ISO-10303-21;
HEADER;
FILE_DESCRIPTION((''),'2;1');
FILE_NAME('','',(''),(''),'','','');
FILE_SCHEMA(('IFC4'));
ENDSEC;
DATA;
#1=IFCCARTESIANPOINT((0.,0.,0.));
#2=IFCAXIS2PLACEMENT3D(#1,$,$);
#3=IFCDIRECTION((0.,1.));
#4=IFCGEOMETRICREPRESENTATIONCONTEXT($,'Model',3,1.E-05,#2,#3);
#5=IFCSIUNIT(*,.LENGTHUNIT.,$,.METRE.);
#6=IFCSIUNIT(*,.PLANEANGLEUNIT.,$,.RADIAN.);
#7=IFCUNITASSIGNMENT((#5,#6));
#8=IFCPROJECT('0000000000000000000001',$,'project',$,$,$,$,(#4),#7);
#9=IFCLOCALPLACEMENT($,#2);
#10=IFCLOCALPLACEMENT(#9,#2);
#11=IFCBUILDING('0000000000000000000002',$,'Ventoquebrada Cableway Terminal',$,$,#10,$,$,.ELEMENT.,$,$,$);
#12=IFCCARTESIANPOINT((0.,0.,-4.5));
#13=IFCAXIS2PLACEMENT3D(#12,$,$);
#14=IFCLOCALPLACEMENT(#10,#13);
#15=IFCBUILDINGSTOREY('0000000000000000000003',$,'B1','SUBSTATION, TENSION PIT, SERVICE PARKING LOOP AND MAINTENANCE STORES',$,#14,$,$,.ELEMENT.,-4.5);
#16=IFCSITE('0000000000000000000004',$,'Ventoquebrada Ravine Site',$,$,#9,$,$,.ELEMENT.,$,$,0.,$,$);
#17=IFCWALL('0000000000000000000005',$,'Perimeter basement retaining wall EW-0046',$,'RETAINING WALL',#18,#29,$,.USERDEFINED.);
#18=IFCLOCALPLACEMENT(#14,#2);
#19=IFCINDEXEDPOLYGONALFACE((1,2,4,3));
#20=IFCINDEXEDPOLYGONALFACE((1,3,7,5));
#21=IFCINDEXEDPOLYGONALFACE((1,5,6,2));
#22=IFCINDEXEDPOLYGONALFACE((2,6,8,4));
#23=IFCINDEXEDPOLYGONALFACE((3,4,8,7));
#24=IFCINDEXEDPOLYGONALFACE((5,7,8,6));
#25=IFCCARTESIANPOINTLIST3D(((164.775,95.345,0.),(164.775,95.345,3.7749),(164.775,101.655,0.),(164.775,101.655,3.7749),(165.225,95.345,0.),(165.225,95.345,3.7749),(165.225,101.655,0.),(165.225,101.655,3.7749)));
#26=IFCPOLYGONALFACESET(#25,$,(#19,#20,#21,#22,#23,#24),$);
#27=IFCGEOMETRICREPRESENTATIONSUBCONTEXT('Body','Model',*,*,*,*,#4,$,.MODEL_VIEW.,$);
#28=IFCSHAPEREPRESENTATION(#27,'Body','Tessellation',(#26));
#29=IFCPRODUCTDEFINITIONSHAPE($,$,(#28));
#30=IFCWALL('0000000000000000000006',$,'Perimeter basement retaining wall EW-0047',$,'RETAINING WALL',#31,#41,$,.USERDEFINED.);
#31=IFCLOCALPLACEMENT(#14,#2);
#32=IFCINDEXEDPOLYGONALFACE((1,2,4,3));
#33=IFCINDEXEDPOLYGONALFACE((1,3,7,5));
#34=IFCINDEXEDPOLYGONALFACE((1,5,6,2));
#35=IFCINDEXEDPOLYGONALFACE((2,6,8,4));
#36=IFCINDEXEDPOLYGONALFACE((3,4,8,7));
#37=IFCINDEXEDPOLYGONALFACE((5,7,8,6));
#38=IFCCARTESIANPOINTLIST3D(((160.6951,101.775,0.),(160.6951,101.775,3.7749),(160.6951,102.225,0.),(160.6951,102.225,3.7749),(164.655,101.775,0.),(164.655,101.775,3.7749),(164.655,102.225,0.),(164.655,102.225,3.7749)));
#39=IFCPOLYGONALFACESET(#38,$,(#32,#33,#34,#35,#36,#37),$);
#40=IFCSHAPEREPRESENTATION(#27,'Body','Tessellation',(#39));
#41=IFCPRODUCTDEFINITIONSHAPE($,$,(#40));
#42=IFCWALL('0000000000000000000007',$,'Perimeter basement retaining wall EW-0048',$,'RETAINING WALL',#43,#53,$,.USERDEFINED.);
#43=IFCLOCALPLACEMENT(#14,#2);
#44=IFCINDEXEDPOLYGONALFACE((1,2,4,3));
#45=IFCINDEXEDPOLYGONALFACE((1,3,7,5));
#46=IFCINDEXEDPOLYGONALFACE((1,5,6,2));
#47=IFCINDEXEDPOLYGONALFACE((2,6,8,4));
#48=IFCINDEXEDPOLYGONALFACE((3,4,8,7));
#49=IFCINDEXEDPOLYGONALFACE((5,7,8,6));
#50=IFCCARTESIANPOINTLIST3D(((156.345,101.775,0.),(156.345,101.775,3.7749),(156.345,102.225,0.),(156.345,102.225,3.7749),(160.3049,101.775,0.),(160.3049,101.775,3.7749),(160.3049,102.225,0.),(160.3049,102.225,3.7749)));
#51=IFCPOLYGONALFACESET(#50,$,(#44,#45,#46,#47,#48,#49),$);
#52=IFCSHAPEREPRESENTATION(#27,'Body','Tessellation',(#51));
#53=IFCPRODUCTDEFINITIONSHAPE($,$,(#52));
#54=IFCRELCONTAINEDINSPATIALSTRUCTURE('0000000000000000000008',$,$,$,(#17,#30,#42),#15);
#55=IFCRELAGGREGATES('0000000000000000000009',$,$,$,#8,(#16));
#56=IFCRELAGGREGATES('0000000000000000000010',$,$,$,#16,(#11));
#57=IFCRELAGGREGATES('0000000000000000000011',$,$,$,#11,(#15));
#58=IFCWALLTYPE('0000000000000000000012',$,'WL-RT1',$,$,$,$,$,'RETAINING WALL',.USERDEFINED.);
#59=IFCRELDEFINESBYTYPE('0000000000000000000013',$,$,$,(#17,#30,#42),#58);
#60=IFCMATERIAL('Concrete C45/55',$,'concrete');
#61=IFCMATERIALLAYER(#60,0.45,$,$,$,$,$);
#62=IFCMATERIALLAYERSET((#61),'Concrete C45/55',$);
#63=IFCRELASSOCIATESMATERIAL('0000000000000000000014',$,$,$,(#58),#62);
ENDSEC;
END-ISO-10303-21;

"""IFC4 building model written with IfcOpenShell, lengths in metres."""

from ifc_helpers import new_model, si_unit, direction, frame, frame_2d, origin, place, context, subcontext, project, spatial, rectangle, extrude, material, layer, layer_set, type_object, element, save


model = new_model("IFC4")

# Units and contexts
model_context = context("Model", 3, precision=1e-05, world=origin(), true_north=direction((0.0, 1.0)))
body_context = subcontext(model_context, "Body", "Model", "MODEL_VIEW")
ifc_project = project(units=[si_unit("LENGTHUNIT", "METRE"), si_unit("PLANEANGLEUNIT", "RADIAN")], contexts=[model_context])

# Site, building, storey
site_placement = place(None, origin())
site = spatial("IfcSite", under=ifc_project, at=site_placement, Name="Ventoquebrada Ravine Site", CompositionType="ELEMENT", RefElevation=0.0)
building_placement = place(site_placement, origin())
building = spatial("IfcBuilding", under=site, at=building_placement, Name="Ventoquebrada Cableway Terminal", CompositionType="ELEMENT")
storey_placement = place(building_placement, frame((0.0, 0.0, -4.5)))
storey = spatial("IfcBuildingStorey", under=building, at=storey_placement, Name="B1", Description="SUBSTATION, TENSION PIT, SERVICE PARKING LOOP AND MAINTENANCE STORES", CompositionType="ELEMENT", Elevation=-4.5)

# Walls
ifc_material_1 = material(Name="Concrete C45/55", Category="concrete")
ifc_layer = layer(ifc_material_1, 0.45)
ifc_layer_set = layer_set([ifc_layer], Name="Concrete C45/55")
wall_type = type_object("IfcWallType", Name="WL-RT1", ElementType="RETAINING WALL", PredefinedType="USERDEFINED", material=ifc_layer_set)
wall_placement = place(storey_placement, frame((165.0, 95.345, 0.0), z_axis=(0.0, 0.0, 1.0), x_axis=(0.0, 1.0, 0.0)))
element("IfcWall", 1, at=wall_placement, inside=storey, type_object=wall_type, Name="Perimeter basement retaining wall EW-0046", ObjectType="RETAINING WALL", PredefinedType="USERDEFINED", context=body_context, shape_type="SweptSolid", body=[
    extrude(rectangle(XDim=6.3101, YDim=0.45, at=frame_2d((3.155, 0.0))), origin(), (0.0, 0.0, 1.0), 3.7749),
])
for number, where, z_axis, x_axis, name in (
    (2, (164.655, 102.0, 0.0), (0.0, 0.0, 1.0), (-1.0, 0.0, 0.0), "Perimeter basement retaining wall EW-0047"),
    (3, (160.3049, 102.0, 0.0), (0.0, 0.0, 1.0), (-1.0, 0.0, 0.0), "Perimeter basement retaining wall EW-0048"),
):
    element("IfcWall", number, at=place(storey_placement, frame(where, z_axis=z_axis, x_axis=x_axis)), inside=storey, type_object=wall_type, Name=name, ObjectType="RETAINING WALL", PredefinedType="USERDEFINED", context=body_context, shape_type="SweptSolid", body=[
        extrude(rectangle(XDim=3.96, YDim=0.45, at=frame_2d((1.98, 0.0))), origin(), (0.0, 0.0, 1.0), 3.7749),
    ])

save(model, "model.ifc")
